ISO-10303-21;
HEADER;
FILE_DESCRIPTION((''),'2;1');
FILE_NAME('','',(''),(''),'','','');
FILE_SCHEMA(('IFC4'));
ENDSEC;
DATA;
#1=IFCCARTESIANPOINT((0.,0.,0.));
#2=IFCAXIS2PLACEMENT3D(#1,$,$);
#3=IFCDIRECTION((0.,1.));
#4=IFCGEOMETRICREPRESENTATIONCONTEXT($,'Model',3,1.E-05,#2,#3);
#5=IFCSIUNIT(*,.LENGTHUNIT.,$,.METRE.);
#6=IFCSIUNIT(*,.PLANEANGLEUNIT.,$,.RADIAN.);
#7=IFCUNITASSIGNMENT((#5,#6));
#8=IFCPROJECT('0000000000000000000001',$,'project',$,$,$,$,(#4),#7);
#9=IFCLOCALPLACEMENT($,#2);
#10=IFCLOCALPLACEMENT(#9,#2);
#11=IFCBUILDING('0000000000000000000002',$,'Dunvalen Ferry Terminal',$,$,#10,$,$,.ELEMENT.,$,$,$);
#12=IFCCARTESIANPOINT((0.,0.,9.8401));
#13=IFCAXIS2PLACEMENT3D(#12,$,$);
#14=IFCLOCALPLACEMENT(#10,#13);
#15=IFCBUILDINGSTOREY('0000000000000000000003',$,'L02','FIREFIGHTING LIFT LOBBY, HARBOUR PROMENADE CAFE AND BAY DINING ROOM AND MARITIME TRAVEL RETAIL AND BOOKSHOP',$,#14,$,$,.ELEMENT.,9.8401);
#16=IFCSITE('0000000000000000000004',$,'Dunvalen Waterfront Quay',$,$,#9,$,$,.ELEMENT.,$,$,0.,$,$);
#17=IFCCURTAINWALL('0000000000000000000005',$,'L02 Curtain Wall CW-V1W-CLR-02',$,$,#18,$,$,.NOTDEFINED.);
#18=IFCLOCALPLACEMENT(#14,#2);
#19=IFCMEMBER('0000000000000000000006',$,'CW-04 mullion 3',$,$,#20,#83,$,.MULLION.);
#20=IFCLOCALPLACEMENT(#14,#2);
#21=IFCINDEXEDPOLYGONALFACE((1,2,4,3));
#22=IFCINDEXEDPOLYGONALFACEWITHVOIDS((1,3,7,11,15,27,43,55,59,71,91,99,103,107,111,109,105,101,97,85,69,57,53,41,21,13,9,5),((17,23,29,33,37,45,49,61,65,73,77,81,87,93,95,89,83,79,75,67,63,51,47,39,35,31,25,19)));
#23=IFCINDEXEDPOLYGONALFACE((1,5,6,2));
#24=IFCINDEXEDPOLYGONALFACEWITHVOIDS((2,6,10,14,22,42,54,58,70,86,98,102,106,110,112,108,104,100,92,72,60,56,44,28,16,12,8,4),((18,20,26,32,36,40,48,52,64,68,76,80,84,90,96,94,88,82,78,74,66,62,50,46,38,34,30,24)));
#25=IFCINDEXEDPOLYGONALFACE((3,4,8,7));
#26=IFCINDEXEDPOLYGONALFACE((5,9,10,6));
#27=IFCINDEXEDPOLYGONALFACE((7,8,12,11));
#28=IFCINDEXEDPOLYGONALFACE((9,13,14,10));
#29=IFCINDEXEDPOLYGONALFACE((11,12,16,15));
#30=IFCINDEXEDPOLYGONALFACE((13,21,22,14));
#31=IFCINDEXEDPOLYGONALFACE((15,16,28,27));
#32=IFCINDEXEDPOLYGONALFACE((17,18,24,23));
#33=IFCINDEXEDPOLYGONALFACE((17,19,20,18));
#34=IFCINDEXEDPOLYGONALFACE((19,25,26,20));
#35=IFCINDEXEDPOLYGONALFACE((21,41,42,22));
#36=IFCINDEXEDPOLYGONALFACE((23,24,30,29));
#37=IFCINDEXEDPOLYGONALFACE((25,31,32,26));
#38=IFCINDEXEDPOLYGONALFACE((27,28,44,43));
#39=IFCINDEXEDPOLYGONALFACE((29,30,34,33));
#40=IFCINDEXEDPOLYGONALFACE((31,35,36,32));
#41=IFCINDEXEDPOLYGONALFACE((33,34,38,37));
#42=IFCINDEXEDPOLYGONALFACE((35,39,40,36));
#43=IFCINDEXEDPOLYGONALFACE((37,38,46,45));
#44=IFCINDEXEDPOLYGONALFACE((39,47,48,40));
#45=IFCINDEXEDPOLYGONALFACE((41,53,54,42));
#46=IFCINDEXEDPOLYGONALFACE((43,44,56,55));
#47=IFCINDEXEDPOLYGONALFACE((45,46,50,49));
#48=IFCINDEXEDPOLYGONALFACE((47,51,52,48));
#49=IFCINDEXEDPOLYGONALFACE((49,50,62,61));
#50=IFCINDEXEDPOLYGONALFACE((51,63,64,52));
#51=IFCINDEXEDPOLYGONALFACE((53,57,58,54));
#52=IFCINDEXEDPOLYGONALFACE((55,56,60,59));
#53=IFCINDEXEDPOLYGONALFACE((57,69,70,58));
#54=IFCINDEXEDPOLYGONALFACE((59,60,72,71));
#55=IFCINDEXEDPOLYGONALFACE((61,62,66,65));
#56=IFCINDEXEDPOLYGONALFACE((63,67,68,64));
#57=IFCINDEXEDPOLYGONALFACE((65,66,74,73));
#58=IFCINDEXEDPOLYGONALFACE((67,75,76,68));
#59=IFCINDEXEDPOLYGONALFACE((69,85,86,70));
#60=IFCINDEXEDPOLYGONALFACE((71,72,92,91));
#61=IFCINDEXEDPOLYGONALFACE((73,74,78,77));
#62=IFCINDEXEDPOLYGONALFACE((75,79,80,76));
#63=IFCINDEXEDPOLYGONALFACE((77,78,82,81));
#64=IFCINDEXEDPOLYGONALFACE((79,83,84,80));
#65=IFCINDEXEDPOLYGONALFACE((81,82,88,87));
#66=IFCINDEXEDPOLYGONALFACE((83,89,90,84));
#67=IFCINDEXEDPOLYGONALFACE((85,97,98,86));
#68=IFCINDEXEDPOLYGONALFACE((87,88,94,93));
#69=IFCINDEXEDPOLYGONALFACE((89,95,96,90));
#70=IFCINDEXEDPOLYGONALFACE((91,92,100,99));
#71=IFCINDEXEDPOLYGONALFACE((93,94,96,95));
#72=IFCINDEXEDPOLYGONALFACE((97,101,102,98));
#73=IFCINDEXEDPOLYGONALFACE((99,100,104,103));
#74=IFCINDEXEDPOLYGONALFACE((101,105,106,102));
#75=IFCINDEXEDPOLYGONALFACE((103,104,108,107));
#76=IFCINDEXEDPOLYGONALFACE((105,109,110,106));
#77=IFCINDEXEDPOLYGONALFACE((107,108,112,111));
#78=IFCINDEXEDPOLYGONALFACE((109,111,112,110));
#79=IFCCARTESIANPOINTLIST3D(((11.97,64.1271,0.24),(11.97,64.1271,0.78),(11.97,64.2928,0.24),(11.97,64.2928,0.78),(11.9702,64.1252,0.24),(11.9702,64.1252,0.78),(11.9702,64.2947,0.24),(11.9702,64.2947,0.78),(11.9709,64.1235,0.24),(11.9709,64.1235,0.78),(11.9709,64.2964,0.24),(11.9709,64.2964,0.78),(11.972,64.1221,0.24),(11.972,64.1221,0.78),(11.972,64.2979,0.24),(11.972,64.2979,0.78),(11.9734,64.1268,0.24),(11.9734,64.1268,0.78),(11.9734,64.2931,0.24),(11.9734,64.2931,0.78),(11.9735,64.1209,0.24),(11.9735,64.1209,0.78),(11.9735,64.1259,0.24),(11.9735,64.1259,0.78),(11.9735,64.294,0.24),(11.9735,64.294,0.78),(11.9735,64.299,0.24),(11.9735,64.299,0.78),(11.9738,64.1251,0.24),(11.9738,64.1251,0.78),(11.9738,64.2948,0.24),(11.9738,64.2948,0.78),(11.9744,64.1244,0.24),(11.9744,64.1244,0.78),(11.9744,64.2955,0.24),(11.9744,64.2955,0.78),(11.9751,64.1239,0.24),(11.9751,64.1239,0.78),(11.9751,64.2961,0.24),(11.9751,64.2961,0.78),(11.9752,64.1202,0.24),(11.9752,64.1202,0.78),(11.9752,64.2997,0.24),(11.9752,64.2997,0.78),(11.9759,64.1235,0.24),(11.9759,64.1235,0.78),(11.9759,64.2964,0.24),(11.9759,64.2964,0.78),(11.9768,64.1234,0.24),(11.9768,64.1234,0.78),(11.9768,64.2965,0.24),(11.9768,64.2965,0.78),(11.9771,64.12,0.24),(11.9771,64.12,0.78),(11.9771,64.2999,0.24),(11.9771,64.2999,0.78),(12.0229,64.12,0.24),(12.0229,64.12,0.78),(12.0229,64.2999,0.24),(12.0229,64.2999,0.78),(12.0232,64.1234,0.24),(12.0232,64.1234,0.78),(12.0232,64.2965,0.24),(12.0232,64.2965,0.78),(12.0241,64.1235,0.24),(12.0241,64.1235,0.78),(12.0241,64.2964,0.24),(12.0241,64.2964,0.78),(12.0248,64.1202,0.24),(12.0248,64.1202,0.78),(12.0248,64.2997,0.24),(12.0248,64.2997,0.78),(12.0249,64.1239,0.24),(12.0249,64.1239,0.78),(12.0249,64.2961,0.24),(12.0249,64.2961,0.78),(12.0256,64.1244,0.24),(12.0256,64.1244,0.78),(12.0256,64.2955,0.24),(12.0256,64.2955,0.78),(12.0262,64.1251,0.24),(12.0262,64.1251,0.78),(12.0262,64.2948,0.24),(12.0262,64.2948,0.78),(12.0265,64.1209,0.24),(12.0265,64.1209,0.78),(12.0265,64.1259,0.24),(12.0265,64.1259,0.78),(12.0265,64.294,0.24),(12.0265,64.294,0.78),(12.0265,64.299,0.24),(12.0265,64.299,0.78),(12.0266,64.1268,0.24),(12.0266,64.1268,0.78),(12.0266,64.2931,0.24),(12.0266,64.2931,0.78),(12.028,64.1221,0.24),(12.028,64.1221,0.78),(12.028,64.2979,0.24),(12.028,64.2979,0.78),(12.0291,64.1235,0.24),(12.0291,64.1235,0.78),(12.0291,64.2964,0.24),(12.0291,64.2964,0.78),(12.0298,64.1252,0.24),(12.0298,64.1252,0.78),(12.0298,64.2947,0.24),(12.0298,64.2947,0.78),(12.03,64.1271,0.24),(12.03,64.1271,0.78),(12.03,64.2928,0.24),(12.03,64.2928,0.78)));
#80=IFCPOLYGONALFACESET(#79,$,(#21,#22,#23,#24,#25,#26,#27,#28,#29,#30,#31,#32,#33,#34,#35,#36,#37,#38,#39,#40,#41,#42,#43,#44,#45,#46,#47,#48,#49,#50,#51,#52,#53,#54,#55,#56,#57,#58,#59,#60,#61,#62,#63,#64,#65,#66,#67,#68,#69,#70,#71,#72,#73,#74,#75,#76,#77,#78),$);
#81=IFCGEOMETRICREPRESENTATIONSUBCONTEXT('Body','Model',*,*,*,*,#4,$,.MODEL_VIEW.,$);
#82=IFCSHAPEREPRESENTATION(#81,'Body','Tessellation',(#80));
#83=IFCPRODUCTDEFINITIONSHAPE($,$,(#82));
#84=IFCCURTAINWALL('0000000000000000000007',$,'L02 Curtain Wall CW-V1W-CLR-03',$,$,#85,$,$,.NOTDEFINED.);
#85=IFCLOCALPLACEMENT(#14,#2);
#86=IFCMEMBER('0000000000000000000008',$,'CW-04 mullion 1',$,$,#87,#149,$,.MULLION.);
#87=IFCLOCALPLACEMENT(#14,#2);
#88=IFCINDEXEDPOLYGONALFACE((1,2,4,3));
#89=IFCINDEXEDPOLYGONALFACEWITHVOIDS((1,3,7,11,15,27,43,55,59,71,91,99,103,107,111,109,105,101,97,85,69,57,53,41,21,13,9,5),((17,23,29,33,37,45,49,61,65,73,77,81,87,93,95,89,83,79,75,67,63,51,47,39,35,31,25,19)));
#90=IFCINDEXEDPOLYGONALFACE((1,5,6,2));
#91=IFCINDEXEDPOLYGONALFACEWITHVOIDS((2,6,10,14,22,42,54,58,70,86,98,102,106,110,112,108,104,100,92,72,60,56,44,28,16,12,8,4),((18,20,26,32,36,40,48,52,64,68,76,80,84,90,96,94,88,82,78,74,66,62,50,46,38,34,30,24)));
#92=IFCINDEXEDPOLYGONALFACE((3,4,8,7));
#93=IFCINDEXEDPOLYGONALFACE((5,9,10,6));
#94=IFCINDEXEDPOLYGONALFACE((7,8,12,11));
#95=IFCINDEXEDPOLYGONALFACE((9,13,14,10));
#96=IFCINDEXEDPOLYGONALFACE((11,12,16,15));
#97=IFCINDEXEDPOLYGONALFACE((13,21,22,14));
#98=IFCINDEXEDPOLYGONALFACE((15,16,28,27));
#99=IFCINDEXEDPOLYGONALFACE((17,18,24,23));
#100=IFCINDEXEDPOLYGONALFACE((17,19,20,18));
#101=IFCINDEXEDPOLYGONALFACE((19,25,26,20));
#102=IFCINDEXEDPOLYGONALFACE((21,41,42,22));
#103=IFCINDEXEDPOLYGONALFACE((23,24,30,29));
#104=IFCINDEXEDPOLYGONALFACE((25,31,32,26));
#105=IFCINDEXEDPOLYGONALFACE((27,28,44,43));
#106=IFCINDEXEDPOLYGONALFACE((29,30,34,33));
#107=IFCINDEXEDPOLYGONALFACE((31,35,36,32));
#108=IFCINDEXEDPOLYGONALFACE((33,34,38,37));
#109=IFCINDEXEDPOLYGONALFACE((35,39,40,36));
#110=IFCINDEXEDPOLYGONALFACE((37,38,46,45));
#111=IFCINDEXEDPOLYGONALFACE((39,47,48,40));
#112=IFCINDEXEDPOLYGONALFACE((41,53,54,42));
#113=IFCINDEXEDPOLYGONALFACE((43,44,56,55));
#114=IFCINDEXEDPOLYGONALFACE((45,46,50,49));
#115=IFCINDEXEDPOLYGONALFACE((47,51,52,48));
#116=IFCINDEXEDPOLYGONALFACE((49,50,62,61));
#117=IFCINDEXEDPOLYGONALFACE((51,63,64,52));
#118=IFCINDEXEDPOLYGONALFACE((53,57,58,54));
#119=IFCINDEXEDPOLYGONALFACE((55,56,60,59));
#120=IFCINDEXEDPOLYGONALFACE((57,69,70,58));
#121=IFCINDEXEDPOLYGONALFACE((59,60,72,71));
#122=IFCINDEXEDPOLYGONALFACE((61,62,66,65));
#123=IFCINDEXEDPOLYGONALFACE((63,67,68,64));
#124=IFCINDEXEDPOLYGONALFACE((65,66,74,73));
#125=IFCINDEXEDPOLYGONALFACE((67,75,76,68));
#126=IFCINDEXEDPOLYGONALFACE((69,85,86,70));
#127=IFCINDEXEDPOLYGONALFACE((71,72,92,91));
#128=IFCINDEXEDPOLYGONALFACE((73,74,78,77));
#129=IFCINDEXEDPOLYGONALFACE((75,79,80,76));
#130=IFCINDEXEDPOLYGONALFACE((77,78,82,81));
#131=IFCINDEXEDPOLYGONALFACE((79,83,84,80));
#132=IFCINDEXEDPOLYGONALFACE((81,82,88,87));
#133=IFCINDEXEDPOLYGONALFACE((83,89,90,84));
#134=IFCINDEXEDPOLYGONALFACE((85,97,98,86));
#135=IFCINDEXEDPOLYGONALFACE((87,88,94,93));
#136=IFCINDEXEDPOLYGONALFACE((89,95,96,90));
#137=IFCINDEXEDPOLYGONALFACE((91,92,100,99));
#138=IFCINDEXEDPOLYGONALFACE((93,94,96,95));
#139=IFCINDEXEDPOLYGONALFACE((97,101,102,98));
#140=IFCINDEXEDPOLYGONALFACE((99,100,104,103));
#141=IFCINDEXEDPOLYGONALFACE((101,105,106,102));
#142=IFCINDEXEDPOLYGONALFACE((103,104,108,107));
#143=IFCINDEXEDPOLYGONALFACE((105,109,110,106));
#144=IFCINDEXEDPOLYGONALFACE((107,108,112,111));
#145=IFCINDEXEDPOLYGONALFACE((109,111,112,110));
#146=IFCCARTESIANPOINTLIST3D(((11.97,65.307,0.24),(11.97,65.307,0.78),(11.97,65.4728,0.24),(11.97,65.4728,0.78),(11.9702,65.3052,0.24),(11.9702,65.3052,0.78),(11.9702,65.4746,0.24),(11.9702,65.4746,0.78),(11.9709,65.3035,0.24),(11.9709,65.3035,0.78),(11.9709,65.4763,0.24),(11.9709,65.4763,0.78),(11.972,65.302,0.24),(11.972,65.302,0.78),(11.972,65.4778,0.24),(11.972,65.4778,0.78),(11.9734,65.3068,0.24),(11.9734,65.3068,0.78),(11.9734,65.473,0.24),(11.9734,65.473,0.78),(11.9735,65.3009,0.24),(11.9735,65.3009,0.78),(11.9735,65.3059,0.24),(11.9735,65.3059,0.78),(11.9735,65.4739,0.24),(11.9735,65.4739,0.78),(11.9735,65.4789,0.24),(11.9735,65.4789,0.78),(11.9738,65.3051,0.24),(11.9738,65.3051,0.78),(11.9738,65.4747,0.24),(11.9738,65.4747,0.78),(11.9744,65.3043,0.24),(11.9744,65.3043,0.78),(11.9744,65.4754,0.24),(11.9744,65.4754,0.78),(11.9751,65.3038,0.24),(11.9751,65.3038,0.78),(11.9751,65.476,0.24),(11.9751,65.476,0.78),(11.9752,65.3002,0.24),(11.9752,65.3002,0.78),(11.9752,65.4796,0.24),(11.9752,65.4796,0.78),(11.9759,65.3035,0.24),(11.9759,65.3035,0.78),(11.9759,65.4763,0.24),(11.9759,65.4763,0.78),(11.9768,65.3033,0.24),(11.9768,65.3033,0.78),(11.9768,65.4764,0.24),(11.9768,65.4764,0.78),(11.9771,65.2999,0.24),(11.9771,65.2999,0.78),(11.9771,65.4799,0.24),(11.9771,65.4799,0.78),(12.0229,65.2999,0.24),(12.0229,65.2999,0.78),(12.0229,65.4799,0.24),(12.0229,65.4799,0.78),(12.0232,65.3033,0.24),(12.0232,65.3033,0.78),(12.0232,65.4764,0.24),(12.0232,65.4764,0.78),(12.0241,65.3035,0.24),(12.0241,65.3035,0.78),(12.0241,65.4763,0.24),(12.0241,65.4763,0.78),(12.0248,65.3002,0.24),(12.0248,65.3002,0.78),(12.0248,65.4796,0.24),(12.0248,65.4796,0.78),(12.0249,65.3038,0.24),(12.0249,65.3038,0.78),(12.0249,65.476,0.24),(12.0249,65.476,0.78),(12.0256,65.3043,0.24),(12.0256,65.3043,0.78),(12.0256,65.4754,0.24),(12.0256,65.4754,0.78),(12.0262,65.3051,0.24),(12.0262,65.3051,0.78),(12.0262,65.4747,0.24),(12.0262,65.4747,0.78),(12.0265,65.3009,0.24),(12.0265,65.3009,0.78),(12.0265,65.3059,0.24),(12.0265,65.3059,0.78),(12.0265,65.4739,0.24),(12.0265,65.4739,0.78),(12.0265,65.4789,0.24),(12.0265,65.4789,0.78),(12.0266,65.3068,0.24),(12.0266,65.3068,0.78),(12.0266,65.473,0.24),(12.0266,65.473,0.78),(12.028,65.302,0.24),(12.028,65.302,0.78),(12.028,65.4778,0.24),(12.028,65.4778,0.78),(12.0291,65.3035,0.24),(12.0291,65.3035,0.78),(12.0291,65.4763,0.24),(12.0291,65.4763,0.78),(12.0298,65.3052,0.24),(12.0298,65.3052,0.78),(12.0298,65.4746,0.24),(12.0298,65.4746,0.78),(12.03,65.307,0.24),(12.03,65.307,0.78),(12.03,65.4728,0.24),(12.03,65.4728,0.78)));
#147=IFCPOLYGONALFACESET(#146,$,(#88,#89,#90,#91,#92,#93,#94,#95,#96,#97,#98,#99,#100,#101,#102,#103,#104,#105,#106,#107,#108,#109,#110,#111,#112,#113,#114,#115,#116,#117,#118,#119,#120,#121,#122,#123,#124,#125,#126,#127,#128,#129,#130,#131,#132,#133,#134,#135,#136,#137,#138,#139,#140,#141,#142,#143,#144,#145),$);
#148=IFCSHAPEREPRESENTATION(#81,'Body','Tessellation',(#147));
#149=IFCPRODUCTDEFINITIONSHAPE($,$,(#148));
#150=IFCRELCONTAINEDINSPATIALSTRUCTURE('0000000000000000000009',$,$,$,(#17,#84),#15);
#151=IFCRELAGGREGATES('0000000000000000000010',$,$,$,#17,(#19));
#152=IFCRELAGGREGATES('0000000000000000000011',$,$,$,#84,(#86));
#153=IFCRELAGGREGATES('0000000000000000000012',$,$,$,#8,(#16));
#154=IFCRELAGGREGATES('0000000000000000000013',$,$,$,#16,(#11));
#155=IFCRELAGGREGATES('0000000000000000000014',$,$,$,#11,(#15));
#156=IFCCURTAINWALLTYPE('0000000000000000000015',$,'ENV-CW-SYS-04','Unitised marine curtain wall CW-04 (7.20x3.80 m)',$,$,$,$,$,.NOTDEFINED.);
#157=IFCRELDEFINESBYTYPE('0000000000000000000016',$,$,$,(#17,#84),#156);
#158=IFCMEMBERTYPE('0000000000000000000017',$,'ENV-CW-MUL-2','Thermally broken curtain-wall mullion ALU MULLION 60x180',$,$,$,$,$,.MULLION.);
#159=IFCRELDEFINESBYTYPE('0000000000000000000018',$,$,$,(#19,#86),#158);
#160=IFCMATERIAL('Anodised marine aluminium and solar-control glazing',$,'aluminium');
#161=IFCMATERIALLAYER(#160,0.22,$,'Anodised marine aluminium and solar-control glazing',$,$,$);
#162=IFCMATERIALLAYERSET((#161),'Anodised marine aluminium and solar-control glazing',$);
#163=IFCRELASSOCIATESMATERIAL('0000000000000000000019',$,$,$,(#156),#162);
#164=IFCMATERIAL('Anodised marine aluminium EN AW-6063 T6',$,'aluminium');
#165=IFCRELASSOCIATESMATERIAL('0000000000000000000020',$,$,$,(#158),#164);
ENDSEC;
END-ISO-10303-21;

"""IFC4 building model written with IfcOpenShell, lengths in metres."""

from ifc_helpers import new_model, si_unit, direction, frame, origin, origin_2d, place, context, subcontext, project, spatial, hollow_rectangle, extrude, material, layer, layer_set, material_profile, profile_set, type_object, element, aggregate, save


model = new_model("IFC4")

# Units and contexts
model_context = context("Model", 3, precision=1e-05, world=origin(), true_north=direction((0.0, 1.0)))
body_context = subcontext(model_context, "Body", "Model", "MODEL_VIEW")
ifc_project = project(units=[si_unit("LENGTHUNIT", "METRE"), si_unit("PLANEANGLEUNIT", "RADIAN")], contexts=[model_context])

# Site, building, storey
site_placement = place(None, origin())
site = spatial("IfcSite", under=ifc_project, at=site_placement, Name="Dunvalen Waterfront Quay", CompositionType="ELEMENT", RefElevation=0.0)
building_placement = place(site_placement, origin())
building = spatial("IfcBuilding", under=site, at=building_placement, Name="Dunvalen Ferry Terminal", CompositionType="ELEMENT")
storey_placement = place(building_placement, frame((0.0, 0.0, 9.8401)))
storey = spatial("IfcBuildingStorey", under=building, at=storey_placement, Name="L02", Description="FIREFIGHTING LIFT LOBBY, HARBOUR PROMENADE CAFE AND BAY DINING ROOM AND MARITIME TRAVEL RETAIL AND BOOKSHOP", CompositionType="ELEMENT", Elevation=9.8401)

# Curtain wall, member
ifc_material_1 = material(Name="Anodised marine aluminium and solar-control glazing", Category="aluminium")
ifc_layer_1 = layer(ifc_material_1, 0.22, Name="Anodised marine aluminium and solar-control glazing")
ifc_layer_set_1 = layer_set([ifc_layer_1], Name="Anodised marine aluminium and solar-control glazing")
curtain_wall_type = type_object("IfcCurtainWallType", Name="ENV-CW-SYS-04", Description="Unitised marine curtain wall CW-04 (7.20x3.80 m)", PredefinedType="NOTDEFINED", material=ifc_layer_set_1)
curtain_wall_1_placement = place(storey_placement, origin())
curtain_wall_1 = element("IfcCurtainWall", 1, at=curtain_wall_1_placement, inside=storey, type_object=curtain_wall_type, Name="L02 Curtain Wall CW-V1W-CLR-02", PredefinedType="NOTDEFINED")
ifc_material_2 = material(Name="Anodised marine aluminium EN AW-6063 T6", Category="aluminium")
ifc_material_profile_1 = material_profile(ifc_material_2, hollow_rectangle(XDim=0.0601, YDim=0.1799, WallThickness=0.0034, InnerFilletRadius=0.0034, OuterFilletRadius=0.0071, at=origin_2d()), Name="Anodised marine aluminium EN AW-6063 T6")
ifc_profile_set_1 = profile_set([ifc_material_profile_1], Name="Anodised marine aluminium EN AW-6063 T6")
member_type_1 = type_object("IfcMemberType", Name="ENV-CW-MUL-2", Description="Thermally broken curtain-wall mullion ALU MULLION 60x180", PredefinedType="MULLION", material=ifc_profile_set_1)
member_1_placement = place(storey_placement, frame((12.0, 64.21, 0.24), z_axis=(0.0, 0.0, 1.0), x_axis=(-1.0, 0.0, 0.0)))
member_1 = element("IfcMember", 2, at=member_1_placement, type_object=member_type_1, Name="CW-04 mullion 3", PredefinedType="MULLION", context=body_context, shape_type="SweptSolid", body=[
    extrude(hollow_rectangle(XDim=0.0601, YDim=0.1799, WallThickness=0.0034, InnerFilletRadius=0.0034, OuterFilletRadius=0.0071, at=origin_2d()), origin(), (0.0, 0.0, 1.0), 0.54),
])
aggregate(curtain_wall_1, [member_1])

# Curtain wall, member
curtain_wall_2_placement = place(storey_placement, origin())
curtain_wall_2 = element("IfcCurtainWall", 3, at=curtain_wall_2_placement, inside=storey, type_object=curtain_wall_type, Name="L02 Curtain Wall CW-V1W-CLR-03", PredefinedType="NOTDEFINED")
member_2_placement = place(storey_placement, frame((12.0, 65.3899, 0.24), z_axis=(0.0, 0.0, 1.0), x_axis=(-1.0, 0.0, 0.0)))
member_2 = element("IfcMember", 4, at=member_2_placement, type_object=member_type_1, Name="CW-04 mullion 1", PredefinedType="MULLION", context=body_context, shape_type="SweptSolid", body=[
    extrude(hollow_rectangle(XDim=0.0601, YDim=0.1799, WallThickness=0.0034, InnerFilletRadius=0.0034, OuterFilletRadius=0.0071, at=origin_2d()), origin(), (0.0, 0.0, 1.0), 0.54),
])

aggregate(curtain_wall_2, [member_2])

save(model, "model.ifc")
